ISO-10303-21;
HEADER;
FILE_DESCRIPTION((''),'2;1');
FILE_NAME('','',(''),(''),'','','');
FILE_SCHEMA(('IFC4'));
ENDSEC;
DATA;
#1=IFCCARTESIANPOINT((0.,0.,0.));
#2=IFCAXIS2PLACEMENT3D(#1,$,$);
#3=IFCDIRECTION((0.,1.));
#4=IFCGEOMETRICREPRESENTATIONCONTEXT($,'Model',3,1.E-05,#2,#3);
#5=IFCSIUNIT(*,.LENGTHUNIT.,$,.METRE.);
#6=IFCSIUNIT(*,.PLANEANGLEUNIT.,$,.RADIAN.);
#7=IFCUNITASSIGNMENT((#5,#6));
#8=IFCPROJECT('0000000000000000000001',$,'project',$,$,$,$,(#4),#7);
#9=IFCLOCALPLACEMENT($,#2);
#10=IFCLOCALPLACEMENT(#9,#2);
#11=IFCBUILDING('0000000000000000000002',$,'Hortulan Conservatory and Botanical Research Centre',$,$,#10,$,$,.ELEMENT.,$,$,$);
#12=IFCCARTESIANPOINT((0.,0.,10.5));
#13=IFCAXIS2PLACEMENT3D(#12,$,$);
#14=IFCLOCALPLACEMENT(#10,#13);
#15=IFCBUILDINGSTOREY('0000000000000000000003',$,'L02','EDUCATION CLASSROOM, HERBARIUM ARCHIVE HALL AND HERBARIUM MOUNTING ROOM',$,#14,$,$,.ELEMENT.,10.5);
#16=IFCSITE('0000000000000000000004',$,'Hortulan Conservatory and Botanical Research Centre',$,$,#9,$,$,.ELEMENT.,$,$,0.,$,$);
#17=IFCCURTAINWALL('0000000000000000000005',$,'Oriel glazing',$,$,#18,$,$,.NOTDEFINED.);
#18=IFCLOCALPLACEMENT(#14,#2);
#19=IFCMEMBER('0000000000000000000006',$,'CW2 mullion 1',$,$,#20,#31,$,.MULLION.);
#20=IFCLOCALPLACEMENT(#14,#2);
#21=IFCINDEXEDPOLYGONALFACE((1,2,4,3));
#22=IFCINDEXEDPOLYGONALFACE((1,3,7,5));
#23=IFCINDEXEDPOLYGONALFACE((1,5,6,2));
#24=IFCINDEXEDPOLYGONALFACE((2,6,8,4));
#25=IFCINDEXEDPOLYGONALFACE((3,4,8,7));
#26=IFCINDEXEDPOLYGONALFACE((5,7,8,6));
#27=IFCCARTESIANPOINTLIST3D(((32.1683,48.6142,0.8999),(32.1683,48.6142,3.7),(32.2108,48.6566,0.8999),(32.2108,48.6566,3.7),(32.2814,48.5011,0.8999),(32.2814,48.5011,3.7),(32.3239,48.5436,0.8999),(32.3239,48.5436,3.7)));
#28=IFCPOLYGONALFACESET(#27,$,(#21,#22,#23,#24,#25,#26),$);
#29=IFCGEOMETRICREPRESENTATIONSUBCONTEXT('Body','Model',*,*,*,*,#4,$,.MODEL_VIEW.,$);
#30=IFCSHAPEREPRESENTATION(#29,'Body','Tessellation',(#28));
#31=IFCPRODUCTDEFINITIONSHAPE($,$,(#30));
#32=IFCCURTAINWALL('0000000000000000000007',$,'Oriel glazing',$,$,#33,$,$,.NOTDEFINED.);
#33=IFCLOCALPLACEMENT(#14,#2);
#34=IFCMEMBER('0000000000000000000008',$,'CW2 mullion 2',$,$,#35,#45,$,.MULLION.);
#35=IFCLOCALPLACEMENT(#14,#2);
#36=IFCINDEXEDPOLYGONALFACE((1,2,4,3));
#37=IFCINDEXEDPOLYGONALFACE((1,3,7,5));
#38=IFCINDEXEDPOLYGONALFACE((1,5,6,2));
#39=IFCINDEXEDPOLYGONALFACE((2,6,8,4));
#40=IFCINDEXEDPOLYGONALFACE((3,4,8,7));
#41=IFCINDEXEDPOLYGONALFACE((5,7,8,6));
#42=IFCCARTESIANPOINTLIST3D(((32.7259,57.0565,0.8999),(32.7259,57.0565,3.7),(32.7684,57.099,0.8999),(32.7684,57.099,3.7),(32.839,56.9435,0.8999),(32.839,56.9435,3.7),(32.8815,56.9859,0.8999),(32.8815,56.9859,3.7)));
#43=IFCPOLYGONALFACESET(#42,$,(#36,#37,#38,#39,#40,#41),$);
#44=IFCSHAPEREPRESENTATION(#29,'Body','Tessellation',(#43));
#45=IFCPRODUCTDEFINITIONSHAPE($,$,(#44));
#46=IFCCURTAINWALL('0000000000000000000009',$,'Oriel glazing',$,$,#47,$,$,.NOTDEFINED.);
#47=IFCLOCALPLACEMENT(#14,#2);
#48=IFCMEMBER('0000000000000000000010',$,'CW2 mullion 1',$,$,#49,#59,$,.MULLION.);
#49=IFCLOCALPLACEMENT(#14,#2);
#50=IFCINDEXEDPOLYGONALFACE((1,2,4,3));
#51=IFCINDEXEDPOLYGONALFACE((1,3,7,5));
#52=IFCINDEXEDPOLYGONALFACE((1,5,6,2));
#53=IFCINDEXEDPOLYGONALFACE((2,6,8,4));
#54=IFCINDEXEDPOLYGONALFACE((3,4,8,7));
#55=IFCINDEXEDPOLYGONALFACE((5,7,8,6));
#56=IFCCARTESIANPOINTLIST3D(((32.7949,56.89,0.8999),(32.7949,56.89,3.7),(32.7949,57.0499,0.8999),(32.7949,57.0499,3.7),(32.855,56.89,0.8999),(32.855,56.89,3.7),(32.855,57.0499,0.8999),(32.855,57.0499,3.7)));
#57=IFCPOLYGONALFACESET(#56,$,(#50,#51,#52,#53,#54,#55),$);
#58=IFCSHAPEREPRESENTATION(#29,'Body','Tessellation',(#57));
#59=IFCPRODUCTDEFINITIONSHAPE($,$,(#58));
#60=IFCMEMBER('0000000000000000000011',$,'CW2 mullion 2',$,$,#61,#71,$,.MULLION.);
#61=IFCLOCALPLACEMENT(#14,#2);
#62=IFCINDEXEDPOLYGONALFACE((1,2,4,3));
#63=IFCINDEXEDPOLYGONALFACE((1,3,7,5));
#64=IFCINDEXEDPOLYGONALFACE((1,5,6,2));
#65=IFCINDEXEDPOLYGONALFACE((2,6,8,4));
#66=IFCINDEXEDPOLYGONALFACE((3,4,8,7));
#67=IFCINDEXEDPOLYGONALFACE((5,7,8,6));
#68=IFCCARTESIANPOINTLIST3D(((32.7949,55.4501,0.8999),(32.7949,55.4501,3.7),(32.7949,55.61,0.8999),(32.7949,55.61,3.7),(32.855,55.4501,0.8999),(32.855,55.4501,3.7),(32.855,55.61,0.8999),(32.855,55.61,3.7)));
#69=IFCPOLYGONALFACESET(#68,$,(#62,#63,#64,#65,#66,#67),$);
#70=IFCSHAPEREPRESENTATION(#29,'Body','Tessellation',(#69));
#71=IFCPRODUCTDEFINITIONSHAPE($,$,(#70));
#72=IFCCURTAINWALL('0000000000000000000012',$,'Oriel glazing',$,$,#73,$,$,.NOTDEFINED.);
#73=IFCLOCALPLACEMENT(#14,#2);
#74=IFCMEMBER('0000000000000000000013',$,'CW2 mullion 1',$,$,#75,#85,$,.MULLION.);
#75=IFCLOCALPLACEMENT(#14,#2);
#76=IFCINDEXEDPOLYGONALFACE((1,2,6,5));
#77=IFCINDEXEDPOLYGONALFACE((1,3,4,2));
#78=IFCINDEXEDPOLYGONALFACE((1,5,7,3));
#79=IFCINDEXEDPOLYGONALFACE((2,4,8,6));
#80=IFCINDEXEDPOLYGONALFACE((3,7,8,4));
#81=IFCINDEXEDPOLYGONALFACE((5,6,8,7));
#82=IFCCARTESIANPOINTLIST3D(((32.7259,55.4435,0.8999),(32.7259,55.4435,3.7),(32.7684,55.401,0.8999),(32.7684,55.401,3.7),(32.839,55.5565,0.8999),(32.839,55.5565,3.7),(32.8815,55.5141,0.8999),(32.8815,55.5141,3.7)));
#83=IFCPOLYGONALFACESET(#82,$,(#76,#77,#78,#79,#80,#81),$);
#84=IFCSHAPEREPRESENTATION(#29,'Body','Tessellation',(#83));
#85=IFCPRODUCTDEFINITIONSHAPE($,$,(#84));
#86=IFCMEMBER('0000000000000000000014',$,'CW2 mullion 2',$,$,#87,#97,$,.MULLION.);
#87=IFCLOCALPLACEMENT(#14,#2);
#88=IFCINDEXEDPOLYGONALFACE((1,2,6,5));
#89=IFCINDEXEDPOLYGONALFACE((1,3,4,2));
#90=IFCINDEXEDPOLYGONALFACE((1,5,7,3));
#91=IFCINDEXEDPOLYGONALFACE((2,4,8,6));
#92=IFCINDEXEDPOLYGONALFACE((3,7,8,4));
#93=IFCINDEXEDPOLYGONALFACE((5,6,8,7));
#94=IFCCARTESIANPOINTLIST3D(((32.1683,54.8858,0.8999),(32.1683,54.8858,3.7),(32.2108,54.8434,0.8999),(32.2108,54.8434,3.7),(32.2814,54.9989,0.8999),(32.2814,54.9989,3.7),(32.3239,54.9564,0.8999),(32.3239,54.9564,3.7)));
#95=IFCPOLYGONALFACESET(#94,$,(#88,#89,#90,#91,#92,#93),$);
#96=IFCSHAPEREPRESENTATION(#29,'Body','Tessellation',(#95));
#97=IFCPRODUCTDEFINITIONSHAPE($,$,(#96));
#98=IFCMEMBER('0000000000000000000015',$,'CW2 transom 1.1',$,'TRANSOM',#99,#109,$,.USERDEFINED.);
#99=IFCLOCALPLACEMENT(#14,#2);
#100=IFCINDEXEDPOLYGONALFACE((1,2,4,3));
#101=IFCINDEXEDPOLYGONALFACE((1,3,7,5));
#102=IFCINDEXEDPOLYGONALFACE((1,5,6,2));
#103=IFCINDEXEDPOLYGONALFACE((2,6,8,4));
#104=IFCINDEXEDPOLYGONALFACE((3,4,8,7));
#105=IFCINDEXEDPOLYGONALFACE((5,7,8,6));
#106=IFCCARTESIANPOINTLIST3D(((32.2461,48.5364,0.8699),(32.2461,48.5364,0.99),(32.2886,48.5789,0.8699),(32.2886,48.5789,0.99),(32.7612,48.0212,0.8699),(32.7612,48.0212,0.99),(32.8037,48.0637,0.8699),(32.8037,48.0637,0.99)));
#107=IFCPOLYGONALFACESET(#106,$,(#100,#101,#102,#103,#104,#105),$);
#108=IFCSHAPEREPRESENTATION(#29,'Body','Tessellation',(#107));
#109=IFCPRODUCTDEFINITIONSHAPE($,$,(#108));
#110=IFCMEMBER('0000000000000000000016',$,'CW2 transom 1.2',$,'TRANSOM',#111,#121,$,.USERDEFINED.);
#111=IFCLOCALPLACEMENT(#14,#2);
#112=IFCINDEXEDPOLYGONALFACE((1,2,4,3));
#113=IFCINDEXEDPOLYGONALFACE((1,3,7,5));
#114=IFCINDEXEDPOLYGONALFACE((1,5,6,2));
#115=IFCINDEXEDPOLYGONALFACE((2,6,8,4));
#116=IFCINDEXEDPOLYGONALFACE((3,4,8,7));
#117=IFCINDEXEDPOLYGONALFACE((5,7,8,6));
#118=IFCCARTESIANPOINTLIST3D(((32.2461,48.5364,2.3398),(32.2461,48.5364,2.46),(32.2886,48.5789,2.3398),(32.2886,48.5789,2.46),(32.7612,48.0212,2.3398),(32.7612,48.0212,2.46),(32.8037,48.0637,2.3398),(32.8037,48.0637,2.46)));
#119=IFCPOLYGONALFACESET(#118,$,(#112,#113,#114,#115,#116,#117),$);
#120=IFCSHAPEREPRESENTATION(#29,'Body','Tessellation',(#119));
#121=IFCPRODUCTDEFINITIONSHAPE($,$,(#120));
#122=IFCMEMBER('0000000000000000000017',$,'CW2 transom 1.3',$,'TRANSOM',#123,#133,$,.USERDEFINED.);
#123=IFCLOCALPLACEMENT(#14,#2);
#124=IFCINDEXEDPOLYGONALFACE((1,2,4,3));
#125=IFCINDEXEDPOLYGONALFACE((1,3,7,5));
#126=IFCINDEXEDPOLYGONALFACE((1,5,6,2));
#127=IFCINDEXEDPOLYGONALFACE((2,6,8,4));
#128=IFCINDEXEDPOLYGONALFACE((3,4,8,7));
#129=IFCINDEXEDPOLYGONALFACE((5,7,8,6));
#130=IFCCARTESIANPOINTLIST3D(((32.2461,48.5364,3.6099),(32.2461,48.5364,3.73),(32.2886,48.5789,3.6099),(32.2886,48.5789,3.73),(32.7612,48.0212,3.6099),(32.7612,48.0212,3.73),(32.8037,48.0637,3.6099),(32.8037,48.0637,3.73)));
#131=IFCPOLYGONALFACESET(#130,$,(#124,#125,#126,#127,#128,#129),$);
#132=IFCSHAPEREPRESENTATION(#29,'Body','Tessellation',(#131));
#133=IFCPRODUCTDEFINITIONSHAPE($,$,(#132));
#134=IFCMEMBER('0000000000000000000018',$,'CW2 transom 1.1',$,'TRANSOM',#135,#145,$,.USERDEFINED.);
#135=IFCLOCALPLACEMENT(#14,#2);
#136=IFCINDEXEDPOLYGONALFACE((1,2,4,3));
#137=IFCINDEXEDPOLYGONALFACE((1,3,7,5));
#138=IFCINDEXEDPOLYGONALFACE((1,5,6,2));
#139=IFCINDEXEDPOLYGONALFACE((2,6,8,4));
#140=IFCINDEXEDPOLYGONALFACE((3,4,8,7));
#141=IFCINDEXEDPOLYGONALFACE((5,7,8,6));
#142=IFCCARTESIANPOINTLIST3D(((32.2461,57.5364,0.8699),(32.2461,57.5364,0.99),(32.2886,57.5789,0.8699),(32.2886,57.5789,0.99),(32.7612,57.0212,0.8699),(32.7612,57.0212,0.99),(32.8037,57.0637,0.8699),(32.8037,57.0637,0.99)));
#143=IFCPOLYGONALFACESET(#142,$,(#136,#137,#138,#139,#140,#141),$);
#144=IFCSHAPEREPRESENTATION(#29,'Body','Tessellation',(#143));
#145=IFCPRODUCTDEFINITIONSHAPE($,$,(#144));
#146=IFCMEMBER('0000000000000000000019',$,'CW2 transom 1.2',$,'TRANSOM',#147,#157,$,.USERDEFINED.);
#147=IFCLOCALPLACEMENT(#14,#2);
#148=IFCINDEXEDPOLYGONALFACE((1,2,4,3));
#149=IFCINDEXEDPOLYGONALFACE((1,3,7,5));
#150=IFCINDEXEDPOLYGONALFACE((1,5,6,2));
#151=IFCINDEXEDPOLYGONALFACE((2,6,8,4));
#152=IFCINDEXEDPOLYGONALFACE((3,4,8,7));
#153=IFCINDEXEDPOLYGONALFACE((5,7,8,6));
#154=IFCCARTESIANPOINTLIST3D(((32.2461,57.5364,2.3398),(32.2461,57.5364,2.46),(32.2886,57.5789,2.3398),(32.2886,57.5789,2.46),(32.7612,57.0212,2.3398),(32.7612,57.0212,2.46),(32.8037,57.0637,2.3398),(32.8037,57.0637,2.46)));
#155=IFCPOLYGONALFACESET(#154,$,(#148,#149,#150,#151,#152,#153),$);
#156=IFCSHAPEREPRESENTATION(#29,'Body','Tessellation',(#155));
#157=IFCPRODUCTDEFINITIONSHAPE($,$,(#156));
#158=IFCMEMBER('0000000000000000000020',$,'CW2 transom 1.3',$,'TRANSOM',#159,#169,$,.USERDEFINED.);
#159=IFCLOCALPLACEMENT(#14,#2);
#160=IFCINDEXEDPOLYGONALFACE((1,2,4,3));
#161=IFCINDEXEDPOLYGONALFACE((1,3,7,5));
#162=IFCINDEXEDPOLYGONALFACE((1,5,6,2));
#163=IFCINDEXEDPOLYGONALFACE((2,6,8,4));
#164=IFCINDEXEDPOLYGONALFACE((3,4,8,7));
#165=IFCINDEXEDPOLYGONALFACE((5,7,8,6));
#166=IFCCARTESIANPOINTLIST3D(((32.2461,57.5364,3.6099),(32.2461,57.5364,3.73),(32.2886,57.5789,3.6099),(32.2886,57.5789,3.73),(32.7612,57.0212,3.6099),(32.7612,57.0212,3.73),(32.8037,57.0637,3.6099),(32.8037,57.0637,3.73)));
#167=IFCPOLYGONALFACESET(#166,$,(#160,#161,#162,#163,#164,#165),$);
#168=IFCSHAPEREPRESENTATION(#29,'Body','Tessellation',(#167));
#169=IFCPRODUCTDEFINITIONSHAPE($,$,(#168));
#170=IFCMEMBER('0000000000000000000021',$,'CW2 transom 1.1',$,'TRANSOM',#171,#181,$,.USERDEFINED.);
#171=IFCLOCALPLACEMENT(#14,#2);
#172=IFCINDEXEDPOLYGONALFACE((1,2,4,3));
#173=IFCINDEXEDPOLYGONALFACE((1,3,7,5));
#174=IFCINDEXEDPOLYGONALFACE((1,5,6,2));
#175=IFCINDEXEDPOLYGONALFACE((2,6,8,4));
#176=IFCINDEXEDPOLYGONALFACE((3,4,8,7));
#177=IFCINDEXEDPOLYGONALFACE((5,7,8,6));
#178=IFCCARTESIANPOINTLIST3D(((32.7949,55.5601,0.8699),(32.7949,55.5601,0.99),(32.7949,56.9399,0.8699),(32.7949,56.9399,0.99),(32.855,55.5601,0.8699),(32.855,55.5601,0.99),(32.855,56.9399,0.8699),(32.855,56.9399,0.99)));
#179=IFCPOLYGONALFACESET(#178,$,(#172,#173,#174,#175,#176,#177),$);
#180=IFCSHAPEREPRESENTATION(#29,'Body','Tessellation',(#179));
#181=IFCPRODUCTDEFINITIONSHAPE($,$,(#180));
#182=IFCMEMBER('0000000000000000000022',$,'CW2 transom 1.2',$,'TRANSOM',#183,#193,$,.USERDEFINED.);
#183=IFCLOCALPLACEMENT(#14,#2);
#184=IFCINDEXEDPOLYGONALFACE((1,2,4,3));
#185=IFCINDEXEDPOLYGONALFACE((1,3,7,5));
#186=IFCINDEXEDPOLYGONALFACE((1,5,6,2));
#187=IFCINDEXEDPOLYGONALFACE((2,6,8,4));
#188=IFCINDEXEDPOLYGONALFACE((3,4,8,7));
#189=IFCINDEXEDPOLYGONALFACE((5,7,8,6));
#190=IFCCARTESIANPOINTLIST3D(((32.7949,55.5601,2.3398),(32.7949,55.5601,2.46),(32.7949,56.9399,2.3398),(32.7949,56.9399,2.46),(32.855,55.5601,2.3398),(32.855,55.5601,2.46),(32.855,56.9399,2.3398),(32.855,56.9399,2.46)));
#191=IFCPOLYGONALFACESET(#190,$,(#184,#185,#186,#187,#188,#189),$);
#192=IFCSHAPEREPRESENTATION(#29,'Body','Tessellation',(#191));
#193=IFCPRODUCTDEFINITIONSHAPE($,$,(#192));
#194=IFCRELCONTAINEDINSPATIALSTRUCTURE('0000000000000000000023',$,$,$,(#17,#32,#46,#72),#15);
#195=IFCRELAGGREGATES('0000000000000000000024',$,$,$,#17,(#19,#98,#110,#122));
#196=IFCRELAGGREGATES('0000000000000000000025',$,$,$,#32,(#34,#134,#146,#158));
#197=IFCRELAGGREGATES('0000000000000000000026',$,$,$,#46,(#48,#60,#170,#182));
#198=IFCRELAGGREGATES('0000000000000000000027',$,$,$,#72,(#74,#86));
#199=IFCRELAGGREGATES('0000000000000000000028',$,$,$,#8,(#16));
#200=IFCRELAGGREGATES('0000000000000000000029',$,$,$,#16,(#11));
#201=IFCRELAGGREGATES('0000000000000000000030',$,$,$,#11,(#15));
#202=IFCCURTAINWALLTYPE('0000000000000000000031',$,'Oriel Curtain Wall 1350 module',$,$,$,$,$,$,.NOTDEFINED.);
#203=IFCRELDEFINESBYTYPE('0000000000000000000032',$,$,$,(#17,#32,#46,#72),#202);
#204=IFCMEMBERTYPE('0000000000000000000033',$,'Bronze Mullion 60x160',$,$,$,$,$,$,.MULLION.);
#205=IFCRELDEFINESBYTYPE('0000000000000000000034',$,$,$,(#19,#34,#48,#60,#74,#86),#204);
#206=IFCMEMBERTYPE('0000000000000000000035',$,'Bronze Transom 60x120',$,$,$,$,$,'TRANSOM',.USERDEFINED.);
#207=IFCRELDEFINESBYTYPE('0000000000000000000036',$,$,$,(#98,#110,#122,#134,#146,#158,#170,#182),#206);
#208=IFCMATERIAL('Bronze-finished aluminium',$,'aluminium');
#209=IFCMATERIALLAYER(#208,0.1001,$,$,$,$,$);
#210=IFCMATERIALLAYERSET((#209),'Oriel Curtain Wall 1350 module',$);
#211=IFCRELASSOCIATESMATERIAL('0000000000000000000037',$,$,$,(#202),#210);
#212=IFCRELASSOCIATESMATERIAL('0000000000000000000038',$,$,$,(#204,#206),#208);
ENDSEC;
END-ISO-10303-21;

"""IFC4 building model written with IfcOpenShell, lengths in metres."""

from ifc_helpers import new_model, si_unit, direction, frame, origin, origin_2d, place, context, subcontext, project, spatial, rectangle, extrude, material, layer, layer_set, material_profile, profile_set, type_object, element, aggregate, save


model = new_model("IFC4")

# Units and contexts
model_context = context("Model", 3, precision=1e-05, world=origin(), true_north=direction((0.0, 1.0)))
body_context = subcontext(model_context, "Body", "Model", "MODEL_VIEW")
ifc_project = project(units=[si_unit("LENGTHUNIT", "METRE"), si_unit("PLANEANGLEUNIT", "RADIAN")], contexts=[model_context])

# Site, building, storey
site_placement = place(None, origin())
site = spatial("IfcSite", under=ifc_project, at=site_placement, Name="Hortulan Conservatory and Botanical Research Centre", CompositionType="ELEMENT", RefElevation=0.0)
building_placement = place(site_placement, origin())
building = spatial("IfcBuilding", under=site, at=building_placement, Name="Hortulan Conservatory and Botanical Research Centre", CompositionType="ELEMENT")
storey_placement = place(building_placement, frame((0.0, 0.0, 10.5)))
storey = spatial("IfcBuildingStorey", under=building, at=storey_placement, Name="L02", Description="EDUCATION CLASSROOM, HERBARIUM ARCHIVE HALL AND HERBARIUM MOUNTING ROOM", CompositionType="ELEMENT", Elevation=10.5)

# Curtain walls, members
ifc_material_1 = material(Name="Bronze-finished aluminium", Category="aluminium")
ifc_layer_1 = layer(ifc_material_1, 0.1001)
ifc_layer_set_1 = layer_set([ifc_layer_1], Name="Oriel Curtain Wall 1350 module")
curtain_wall_type = type_object("IfcCurtainWallType", Name="Oriel Curtain Wall 1350 module", PredefinedType="NOTDEFINED", material=ifc_layer_set_1)
curtain_wall_1_placement = place(storey_placement, origin())
curtain_wall_1 = element("IfcCurtainWall", 1, at=curtain_wall_1_placement, inside=storey, type_object=curtain_wall_type, Name="Oriel glazing", PredefinedType="NOTDEFINED")
ifc_material_profile_1 = material_profile(ifc_material_1, rectangle(XDim=0.0601, YDim=0.1599, at=origin_2d()), Name="Bronze Mullion 60x160")
ifc_profile_set_1 = profile_set([ifc_material_profile_1], Name="Bronze-finished aluminium")
member_type_1 = type_object("IfcMemberType", Name="Bronze Mullion 60x160", PredefinedType="MULLION", material=ifc_profile_set_1)
member_1_placement = place(storey_placement, frame((32.2461, 48.5789, 0.8999), z_axis=(0.0, 0.0, 1.0), x_axis=(0.707107, 0.707107, 0.0)))
member_1 = element("IfcMember", 2, at=member_1_placement, type_object=member_type_1, Name="CW2 mullion 1", PredefinedType="MULLION", context=body_context, shape_type="SweptSolid", body=[
    extrude(rectangle(XDim=0.0601, YDim=0.1599, at=origin_2d()), origin(), (0.0, 0.0, 1.0), 2.8),
])
curtain_wall_2_placement = place(storey_placement, origin())
curtain_wall_2 = element("IfcCurtainWall", 3, at=curtain_wall_2_placement, inside=storey, type_object=curtain_wall_type, Name="Oriel glazing", PredefinedType="NOTDEFINED")
member_2_placement = place(storey_placement, frame((32.8037, 57.0212, 0.8999), z_axis=(0.0, 0.0, 1.0), x_axis=(0.707107, 0.707107, 0.0)))
member_2 = element("IfcMember", 4, at=member_2_placement, type_object=member_type_1, Name="CW2 mullion 2", PredefinedType="MULLION", context=body_context, shape_type="SweptSolid", body=[
    extrude(rectangle(XDim=0.0601, YDim=0.1599, at=origin_2d()), origin(), (0.0, 0.0, 1.0), 2.8),
])

# Curtain walls, members
curtain_wall_3_placement = place(storey_placement, origin())
curtain_wall_3 = element("IfcCurtainWall", 5, at=curtain_wall_3_placement, inside=storey, type_object=curtain_wall_type, Name="Oriel glazing", PredefinedType="NOTDEFINED")
member_3_placement = place(storey_placement, frame((32.825, 56.97, 0.8999), z_axis=(0.0, 0.0, 1.0), x_axis=(1.0, 0.0, 0.0)))
member_3 = element("IfcMember", 6, at=member_3_placement, type_object=member_type_1, Name="CW2 mullion 1", PredefinedType="MULLION", context=body_context, shape_type="SweptSolid", body=[
    extrude(rectangle(XDim=0.0601, YDim=0.1599, at=origin_2d()), origin(), (0.0, 0.0, 1.0), 2.8),
])
member_4_placement = place(storey_placement, frame((32.825, 55.53, 0.8999), z_axis=(0.0, 0.0, 1.0), x_axis=(1.0, 0.0, 0.0)))
member_4 = element("IfcMember", 7, at=member_4_placement, type_object=member_type_1, Name="CW2 mullion 2", PredefinedType="MULLION", context=body_context, shape_type="SweptSolid", body=[
    extrude(rectangle(XDim=0.0601, YDim=0.1599, at=origin_2d()), origin(), (0.0, 0.0, 1.0), 2.8),
])
curtain_wall_4_placement = place(storey_placement, origin())
curtain_wall_4 = element("IfcCurtainWall", 8, at=curtain_wall_4_placement, inside=storey, type_object=curtain_wall_type, Name="Oriel glazing", PredefinedType="NOTDEFINED")
member_5_placement = place(storey_placement, frame((32.8037, 55.4788, 0.8999), z_axis=(0.0, 0.0, 1.0), x_axis=(0.707107, -0.707107, 0.0)))
member_5 = element("IfcMember", 9, at=member_5_placement, type_object=member_type_1, Name="CW2 mullion 1", PredefinedType="MULLION", context=body_context, shape_type="SweptSolid", body=[
    extrude(rectangle(XDim=0.0601, YDim=0.1599, at=origin_2d()), origin(), (0.0, 0.0, 1.0), 2.8),
])
member_6_placement = place(storey_placement, frame((32.2461, 54.9211, 0.8999), z_axis=(0.0, 0.0, 1.0), x_axis=(0.707107, -0.707107, 0.0)))
member_6 = element("IfcMember", 10, at=member_6_placement, type_object=member_type_1, Name="CW2 mullion 2", PredefinedType="MULLION", context=body_context, shape_type="SweptSolid", body=[
    extrude(rectangle(XDim=0.0601, YDim=0.1599, at=origin_2d()), origin(), (0.0, 0.0, 1.0), 2.8),
])

# Members
ifc_material_profile_2 = material_profile(ifc_material_1, rectangle(XDim=0.0601, YDim=0.1201, at=origin_2d()), Name="Bronze Transom 60x120")
ifc_profile_set_2 = profile_set([ifc_material_profile_2], Name="Bronze-finished aluminium")
member_type_2 = type_object("IfcMemberType", Name="Bronze Transom 60x120", ElementType="TRANSOM", PredefinedType="USERDEFINED", material=ifc_profile_set_2)
member_7_placement = place(storey_placement, frame((32.2673, 48.5576, 0.9299), z_axis=(0.707107, -0.707107, 0.0), x_axis=(0.707107, 0.707107, 0.0)))
member_7 = element("IfcMember", 11, at=member_7_placement, type_object=member_type_2, Name="CW2 transom 1.1", ObjectType="TRANSOM", PredefinedType="USERDEFINED", context=body_context, shape_type="SweptSolid", body=[
    extrude(rectangle(XDim=0.0601, YDim=0.1201, at=origin_2d()), origin(), (0.0, 0.0, 1.0), 0.7285),
])
member_8_placement = place(storey_placement, frame((32.2673, 48.5576, 2.3999), z_axis=(0.707107, -0.707107, 0.0), x_axis=(0.707107, 0.707107, 0.0)))
member_8 = element("IfcMember", 12, at=member_8_placement, type_object=member_type_2, Name="CW2 transom 1.2", ObjectType="TRANSOM", PredefinedType="USERDEFINED", context=body_context, shape_type="SweptSolid", body=[
    extrude(rectangle(XDim=0.0601, YDim=0.1201, at=origin_2d()), origin(), (0.0, 0.0, 1.0), 0.7285),
])
member_9_placement = place(storey_placement, frame((32.2673, 48.5576, 3.6699), z_axis=(0.707107, -0.707107, 0.0), x_axis=(0.707107, 0.707107, 0.0)))
member_9 = element("IfcMember", 13, at=member_9_placement, type_object=member_type_2, Name="CW2 transom 1.3", ObjectType="TRANSOM", PredefinedType="USERDEFINED", context=body_context, shape_type="SweptSolid", body=[
    extrude(rectangle(XDim=0.0601, YDim=0.1201, at=origin_2d()), origin(), (0.0, 0.0, 1.0), 0.7285),
])
member_10_placement = place(storey_placement, frame((32.2673, 57.5576, 0.9299), z_axis=(0.707107, -0.707107, 0.0), x_axis=(0.707107, 0.707107, 0.0)))
member_10 = element("IfcMember", 14, at=member_10_placement, type_object=member_type_2, Name="CW2 transom 1.1", ObjectType="TRANSOM", PredefinedType="USERDEFINED", context=body_context, shape_type="SweptSolid", body=[
    extrude(rectangle(XDim=0.0601, YDim=0.1201, at=origin_2d()), origin(), (0.0, 0.0, 1.0), 0.7285),
])
member_11_placement = place(storey_placement, frame((32.2673, 57.5576, 2.3999), z_axis=(0.707107, -0.707107, 0.0), x_axis=(0.707107, 0.707107, 0.0)))
member_11 = element("IfcMember", 15, at=member_11_placement, type_object=member_type_2, Name="CW2 transom 1.2", ObjectType="TRANSOM", PredefinedType="USERDEFINED", context=body_context, shape_type="SweptSolid", body=[
    extrude(rectangle(XDim=0.0601, YDim=0.1201, at=origin_2d()), origin(), (0.0, 0.0, 1.0), 0.7285),
])
member_12_placement = place(storey_placement, frame((32.2673, 57.5576, 3.6699), z_axis=(0.707107, -0.707107, 0.0), x_axis=(0.707107, 0.707107, 0.0)))
member_12 = element("IfcMember", 16, at=member_12_placement, type_object=member_type_2, Name="CW2 transom 1.3", ObjectType="TRANSOM", PredefinedType="USERDEFINED", context=body_context, shape_type="SweptSolid", body=[
    extrude(rectangle(XDim=0.0601, YDim=0.1201, at=origin_2d()), origin(), (0.0, 0.0, 1.0), 0.7285),
])
member_13_placement = place(storey_placement, frame((32.825, 56.9399, 0.9299), z_axis=(0.0, -1.0, 0.0), x_axis=(1.0, 0.0, 0.0)))
member_13 = element("IfcMember", 17, at=member_13_placement, type_object=member_type_2, Name="CW2 transom 1.1", ObjectType="TRANSOM", PredefinedType="USERDEFINED", context=body_context, shape_type="SweptSolid", body=[
    extrude(rectangle(XDim=0.0601, YDim=0.1201, at=origin_2d()), origin(), (0.0, 0.0, 1.0), 1.3799),
])
member_14_placement = place(storey_placement, frame((32.825, 56.9399, 2.3999), z_axis=(0.0, -1.0, 0.0), x_axis=(1.0, 0.0, 0.0)))
member_14 = element("IfcMember", 18, at=member_14_placement, type_object=member_type_2, Name="CW2 transom 1.2", ObjectType="TRANSOM", PredefinedType="USERDEFINED", context=body_context, shape_type="SweptSolid", body=[
    extrude(rectangle(XDim=0.0601, YDim=0.1201, at=origin_2d()), origin(), (0.0, 0.0, 1.0), 1.3799),
])

aggregate(curtain_wall_1, [member_1, member_7, member_8, member_9])
aggregate(curtain_wall_2, [member_2, member_10, member_11, member_12])
aggregate(curtain_wall_3, [member_3, member_4, member_13, member_14])
aggregate(curtain_wall_4, [member_5, member_6])

save(model, "model.ifc")
